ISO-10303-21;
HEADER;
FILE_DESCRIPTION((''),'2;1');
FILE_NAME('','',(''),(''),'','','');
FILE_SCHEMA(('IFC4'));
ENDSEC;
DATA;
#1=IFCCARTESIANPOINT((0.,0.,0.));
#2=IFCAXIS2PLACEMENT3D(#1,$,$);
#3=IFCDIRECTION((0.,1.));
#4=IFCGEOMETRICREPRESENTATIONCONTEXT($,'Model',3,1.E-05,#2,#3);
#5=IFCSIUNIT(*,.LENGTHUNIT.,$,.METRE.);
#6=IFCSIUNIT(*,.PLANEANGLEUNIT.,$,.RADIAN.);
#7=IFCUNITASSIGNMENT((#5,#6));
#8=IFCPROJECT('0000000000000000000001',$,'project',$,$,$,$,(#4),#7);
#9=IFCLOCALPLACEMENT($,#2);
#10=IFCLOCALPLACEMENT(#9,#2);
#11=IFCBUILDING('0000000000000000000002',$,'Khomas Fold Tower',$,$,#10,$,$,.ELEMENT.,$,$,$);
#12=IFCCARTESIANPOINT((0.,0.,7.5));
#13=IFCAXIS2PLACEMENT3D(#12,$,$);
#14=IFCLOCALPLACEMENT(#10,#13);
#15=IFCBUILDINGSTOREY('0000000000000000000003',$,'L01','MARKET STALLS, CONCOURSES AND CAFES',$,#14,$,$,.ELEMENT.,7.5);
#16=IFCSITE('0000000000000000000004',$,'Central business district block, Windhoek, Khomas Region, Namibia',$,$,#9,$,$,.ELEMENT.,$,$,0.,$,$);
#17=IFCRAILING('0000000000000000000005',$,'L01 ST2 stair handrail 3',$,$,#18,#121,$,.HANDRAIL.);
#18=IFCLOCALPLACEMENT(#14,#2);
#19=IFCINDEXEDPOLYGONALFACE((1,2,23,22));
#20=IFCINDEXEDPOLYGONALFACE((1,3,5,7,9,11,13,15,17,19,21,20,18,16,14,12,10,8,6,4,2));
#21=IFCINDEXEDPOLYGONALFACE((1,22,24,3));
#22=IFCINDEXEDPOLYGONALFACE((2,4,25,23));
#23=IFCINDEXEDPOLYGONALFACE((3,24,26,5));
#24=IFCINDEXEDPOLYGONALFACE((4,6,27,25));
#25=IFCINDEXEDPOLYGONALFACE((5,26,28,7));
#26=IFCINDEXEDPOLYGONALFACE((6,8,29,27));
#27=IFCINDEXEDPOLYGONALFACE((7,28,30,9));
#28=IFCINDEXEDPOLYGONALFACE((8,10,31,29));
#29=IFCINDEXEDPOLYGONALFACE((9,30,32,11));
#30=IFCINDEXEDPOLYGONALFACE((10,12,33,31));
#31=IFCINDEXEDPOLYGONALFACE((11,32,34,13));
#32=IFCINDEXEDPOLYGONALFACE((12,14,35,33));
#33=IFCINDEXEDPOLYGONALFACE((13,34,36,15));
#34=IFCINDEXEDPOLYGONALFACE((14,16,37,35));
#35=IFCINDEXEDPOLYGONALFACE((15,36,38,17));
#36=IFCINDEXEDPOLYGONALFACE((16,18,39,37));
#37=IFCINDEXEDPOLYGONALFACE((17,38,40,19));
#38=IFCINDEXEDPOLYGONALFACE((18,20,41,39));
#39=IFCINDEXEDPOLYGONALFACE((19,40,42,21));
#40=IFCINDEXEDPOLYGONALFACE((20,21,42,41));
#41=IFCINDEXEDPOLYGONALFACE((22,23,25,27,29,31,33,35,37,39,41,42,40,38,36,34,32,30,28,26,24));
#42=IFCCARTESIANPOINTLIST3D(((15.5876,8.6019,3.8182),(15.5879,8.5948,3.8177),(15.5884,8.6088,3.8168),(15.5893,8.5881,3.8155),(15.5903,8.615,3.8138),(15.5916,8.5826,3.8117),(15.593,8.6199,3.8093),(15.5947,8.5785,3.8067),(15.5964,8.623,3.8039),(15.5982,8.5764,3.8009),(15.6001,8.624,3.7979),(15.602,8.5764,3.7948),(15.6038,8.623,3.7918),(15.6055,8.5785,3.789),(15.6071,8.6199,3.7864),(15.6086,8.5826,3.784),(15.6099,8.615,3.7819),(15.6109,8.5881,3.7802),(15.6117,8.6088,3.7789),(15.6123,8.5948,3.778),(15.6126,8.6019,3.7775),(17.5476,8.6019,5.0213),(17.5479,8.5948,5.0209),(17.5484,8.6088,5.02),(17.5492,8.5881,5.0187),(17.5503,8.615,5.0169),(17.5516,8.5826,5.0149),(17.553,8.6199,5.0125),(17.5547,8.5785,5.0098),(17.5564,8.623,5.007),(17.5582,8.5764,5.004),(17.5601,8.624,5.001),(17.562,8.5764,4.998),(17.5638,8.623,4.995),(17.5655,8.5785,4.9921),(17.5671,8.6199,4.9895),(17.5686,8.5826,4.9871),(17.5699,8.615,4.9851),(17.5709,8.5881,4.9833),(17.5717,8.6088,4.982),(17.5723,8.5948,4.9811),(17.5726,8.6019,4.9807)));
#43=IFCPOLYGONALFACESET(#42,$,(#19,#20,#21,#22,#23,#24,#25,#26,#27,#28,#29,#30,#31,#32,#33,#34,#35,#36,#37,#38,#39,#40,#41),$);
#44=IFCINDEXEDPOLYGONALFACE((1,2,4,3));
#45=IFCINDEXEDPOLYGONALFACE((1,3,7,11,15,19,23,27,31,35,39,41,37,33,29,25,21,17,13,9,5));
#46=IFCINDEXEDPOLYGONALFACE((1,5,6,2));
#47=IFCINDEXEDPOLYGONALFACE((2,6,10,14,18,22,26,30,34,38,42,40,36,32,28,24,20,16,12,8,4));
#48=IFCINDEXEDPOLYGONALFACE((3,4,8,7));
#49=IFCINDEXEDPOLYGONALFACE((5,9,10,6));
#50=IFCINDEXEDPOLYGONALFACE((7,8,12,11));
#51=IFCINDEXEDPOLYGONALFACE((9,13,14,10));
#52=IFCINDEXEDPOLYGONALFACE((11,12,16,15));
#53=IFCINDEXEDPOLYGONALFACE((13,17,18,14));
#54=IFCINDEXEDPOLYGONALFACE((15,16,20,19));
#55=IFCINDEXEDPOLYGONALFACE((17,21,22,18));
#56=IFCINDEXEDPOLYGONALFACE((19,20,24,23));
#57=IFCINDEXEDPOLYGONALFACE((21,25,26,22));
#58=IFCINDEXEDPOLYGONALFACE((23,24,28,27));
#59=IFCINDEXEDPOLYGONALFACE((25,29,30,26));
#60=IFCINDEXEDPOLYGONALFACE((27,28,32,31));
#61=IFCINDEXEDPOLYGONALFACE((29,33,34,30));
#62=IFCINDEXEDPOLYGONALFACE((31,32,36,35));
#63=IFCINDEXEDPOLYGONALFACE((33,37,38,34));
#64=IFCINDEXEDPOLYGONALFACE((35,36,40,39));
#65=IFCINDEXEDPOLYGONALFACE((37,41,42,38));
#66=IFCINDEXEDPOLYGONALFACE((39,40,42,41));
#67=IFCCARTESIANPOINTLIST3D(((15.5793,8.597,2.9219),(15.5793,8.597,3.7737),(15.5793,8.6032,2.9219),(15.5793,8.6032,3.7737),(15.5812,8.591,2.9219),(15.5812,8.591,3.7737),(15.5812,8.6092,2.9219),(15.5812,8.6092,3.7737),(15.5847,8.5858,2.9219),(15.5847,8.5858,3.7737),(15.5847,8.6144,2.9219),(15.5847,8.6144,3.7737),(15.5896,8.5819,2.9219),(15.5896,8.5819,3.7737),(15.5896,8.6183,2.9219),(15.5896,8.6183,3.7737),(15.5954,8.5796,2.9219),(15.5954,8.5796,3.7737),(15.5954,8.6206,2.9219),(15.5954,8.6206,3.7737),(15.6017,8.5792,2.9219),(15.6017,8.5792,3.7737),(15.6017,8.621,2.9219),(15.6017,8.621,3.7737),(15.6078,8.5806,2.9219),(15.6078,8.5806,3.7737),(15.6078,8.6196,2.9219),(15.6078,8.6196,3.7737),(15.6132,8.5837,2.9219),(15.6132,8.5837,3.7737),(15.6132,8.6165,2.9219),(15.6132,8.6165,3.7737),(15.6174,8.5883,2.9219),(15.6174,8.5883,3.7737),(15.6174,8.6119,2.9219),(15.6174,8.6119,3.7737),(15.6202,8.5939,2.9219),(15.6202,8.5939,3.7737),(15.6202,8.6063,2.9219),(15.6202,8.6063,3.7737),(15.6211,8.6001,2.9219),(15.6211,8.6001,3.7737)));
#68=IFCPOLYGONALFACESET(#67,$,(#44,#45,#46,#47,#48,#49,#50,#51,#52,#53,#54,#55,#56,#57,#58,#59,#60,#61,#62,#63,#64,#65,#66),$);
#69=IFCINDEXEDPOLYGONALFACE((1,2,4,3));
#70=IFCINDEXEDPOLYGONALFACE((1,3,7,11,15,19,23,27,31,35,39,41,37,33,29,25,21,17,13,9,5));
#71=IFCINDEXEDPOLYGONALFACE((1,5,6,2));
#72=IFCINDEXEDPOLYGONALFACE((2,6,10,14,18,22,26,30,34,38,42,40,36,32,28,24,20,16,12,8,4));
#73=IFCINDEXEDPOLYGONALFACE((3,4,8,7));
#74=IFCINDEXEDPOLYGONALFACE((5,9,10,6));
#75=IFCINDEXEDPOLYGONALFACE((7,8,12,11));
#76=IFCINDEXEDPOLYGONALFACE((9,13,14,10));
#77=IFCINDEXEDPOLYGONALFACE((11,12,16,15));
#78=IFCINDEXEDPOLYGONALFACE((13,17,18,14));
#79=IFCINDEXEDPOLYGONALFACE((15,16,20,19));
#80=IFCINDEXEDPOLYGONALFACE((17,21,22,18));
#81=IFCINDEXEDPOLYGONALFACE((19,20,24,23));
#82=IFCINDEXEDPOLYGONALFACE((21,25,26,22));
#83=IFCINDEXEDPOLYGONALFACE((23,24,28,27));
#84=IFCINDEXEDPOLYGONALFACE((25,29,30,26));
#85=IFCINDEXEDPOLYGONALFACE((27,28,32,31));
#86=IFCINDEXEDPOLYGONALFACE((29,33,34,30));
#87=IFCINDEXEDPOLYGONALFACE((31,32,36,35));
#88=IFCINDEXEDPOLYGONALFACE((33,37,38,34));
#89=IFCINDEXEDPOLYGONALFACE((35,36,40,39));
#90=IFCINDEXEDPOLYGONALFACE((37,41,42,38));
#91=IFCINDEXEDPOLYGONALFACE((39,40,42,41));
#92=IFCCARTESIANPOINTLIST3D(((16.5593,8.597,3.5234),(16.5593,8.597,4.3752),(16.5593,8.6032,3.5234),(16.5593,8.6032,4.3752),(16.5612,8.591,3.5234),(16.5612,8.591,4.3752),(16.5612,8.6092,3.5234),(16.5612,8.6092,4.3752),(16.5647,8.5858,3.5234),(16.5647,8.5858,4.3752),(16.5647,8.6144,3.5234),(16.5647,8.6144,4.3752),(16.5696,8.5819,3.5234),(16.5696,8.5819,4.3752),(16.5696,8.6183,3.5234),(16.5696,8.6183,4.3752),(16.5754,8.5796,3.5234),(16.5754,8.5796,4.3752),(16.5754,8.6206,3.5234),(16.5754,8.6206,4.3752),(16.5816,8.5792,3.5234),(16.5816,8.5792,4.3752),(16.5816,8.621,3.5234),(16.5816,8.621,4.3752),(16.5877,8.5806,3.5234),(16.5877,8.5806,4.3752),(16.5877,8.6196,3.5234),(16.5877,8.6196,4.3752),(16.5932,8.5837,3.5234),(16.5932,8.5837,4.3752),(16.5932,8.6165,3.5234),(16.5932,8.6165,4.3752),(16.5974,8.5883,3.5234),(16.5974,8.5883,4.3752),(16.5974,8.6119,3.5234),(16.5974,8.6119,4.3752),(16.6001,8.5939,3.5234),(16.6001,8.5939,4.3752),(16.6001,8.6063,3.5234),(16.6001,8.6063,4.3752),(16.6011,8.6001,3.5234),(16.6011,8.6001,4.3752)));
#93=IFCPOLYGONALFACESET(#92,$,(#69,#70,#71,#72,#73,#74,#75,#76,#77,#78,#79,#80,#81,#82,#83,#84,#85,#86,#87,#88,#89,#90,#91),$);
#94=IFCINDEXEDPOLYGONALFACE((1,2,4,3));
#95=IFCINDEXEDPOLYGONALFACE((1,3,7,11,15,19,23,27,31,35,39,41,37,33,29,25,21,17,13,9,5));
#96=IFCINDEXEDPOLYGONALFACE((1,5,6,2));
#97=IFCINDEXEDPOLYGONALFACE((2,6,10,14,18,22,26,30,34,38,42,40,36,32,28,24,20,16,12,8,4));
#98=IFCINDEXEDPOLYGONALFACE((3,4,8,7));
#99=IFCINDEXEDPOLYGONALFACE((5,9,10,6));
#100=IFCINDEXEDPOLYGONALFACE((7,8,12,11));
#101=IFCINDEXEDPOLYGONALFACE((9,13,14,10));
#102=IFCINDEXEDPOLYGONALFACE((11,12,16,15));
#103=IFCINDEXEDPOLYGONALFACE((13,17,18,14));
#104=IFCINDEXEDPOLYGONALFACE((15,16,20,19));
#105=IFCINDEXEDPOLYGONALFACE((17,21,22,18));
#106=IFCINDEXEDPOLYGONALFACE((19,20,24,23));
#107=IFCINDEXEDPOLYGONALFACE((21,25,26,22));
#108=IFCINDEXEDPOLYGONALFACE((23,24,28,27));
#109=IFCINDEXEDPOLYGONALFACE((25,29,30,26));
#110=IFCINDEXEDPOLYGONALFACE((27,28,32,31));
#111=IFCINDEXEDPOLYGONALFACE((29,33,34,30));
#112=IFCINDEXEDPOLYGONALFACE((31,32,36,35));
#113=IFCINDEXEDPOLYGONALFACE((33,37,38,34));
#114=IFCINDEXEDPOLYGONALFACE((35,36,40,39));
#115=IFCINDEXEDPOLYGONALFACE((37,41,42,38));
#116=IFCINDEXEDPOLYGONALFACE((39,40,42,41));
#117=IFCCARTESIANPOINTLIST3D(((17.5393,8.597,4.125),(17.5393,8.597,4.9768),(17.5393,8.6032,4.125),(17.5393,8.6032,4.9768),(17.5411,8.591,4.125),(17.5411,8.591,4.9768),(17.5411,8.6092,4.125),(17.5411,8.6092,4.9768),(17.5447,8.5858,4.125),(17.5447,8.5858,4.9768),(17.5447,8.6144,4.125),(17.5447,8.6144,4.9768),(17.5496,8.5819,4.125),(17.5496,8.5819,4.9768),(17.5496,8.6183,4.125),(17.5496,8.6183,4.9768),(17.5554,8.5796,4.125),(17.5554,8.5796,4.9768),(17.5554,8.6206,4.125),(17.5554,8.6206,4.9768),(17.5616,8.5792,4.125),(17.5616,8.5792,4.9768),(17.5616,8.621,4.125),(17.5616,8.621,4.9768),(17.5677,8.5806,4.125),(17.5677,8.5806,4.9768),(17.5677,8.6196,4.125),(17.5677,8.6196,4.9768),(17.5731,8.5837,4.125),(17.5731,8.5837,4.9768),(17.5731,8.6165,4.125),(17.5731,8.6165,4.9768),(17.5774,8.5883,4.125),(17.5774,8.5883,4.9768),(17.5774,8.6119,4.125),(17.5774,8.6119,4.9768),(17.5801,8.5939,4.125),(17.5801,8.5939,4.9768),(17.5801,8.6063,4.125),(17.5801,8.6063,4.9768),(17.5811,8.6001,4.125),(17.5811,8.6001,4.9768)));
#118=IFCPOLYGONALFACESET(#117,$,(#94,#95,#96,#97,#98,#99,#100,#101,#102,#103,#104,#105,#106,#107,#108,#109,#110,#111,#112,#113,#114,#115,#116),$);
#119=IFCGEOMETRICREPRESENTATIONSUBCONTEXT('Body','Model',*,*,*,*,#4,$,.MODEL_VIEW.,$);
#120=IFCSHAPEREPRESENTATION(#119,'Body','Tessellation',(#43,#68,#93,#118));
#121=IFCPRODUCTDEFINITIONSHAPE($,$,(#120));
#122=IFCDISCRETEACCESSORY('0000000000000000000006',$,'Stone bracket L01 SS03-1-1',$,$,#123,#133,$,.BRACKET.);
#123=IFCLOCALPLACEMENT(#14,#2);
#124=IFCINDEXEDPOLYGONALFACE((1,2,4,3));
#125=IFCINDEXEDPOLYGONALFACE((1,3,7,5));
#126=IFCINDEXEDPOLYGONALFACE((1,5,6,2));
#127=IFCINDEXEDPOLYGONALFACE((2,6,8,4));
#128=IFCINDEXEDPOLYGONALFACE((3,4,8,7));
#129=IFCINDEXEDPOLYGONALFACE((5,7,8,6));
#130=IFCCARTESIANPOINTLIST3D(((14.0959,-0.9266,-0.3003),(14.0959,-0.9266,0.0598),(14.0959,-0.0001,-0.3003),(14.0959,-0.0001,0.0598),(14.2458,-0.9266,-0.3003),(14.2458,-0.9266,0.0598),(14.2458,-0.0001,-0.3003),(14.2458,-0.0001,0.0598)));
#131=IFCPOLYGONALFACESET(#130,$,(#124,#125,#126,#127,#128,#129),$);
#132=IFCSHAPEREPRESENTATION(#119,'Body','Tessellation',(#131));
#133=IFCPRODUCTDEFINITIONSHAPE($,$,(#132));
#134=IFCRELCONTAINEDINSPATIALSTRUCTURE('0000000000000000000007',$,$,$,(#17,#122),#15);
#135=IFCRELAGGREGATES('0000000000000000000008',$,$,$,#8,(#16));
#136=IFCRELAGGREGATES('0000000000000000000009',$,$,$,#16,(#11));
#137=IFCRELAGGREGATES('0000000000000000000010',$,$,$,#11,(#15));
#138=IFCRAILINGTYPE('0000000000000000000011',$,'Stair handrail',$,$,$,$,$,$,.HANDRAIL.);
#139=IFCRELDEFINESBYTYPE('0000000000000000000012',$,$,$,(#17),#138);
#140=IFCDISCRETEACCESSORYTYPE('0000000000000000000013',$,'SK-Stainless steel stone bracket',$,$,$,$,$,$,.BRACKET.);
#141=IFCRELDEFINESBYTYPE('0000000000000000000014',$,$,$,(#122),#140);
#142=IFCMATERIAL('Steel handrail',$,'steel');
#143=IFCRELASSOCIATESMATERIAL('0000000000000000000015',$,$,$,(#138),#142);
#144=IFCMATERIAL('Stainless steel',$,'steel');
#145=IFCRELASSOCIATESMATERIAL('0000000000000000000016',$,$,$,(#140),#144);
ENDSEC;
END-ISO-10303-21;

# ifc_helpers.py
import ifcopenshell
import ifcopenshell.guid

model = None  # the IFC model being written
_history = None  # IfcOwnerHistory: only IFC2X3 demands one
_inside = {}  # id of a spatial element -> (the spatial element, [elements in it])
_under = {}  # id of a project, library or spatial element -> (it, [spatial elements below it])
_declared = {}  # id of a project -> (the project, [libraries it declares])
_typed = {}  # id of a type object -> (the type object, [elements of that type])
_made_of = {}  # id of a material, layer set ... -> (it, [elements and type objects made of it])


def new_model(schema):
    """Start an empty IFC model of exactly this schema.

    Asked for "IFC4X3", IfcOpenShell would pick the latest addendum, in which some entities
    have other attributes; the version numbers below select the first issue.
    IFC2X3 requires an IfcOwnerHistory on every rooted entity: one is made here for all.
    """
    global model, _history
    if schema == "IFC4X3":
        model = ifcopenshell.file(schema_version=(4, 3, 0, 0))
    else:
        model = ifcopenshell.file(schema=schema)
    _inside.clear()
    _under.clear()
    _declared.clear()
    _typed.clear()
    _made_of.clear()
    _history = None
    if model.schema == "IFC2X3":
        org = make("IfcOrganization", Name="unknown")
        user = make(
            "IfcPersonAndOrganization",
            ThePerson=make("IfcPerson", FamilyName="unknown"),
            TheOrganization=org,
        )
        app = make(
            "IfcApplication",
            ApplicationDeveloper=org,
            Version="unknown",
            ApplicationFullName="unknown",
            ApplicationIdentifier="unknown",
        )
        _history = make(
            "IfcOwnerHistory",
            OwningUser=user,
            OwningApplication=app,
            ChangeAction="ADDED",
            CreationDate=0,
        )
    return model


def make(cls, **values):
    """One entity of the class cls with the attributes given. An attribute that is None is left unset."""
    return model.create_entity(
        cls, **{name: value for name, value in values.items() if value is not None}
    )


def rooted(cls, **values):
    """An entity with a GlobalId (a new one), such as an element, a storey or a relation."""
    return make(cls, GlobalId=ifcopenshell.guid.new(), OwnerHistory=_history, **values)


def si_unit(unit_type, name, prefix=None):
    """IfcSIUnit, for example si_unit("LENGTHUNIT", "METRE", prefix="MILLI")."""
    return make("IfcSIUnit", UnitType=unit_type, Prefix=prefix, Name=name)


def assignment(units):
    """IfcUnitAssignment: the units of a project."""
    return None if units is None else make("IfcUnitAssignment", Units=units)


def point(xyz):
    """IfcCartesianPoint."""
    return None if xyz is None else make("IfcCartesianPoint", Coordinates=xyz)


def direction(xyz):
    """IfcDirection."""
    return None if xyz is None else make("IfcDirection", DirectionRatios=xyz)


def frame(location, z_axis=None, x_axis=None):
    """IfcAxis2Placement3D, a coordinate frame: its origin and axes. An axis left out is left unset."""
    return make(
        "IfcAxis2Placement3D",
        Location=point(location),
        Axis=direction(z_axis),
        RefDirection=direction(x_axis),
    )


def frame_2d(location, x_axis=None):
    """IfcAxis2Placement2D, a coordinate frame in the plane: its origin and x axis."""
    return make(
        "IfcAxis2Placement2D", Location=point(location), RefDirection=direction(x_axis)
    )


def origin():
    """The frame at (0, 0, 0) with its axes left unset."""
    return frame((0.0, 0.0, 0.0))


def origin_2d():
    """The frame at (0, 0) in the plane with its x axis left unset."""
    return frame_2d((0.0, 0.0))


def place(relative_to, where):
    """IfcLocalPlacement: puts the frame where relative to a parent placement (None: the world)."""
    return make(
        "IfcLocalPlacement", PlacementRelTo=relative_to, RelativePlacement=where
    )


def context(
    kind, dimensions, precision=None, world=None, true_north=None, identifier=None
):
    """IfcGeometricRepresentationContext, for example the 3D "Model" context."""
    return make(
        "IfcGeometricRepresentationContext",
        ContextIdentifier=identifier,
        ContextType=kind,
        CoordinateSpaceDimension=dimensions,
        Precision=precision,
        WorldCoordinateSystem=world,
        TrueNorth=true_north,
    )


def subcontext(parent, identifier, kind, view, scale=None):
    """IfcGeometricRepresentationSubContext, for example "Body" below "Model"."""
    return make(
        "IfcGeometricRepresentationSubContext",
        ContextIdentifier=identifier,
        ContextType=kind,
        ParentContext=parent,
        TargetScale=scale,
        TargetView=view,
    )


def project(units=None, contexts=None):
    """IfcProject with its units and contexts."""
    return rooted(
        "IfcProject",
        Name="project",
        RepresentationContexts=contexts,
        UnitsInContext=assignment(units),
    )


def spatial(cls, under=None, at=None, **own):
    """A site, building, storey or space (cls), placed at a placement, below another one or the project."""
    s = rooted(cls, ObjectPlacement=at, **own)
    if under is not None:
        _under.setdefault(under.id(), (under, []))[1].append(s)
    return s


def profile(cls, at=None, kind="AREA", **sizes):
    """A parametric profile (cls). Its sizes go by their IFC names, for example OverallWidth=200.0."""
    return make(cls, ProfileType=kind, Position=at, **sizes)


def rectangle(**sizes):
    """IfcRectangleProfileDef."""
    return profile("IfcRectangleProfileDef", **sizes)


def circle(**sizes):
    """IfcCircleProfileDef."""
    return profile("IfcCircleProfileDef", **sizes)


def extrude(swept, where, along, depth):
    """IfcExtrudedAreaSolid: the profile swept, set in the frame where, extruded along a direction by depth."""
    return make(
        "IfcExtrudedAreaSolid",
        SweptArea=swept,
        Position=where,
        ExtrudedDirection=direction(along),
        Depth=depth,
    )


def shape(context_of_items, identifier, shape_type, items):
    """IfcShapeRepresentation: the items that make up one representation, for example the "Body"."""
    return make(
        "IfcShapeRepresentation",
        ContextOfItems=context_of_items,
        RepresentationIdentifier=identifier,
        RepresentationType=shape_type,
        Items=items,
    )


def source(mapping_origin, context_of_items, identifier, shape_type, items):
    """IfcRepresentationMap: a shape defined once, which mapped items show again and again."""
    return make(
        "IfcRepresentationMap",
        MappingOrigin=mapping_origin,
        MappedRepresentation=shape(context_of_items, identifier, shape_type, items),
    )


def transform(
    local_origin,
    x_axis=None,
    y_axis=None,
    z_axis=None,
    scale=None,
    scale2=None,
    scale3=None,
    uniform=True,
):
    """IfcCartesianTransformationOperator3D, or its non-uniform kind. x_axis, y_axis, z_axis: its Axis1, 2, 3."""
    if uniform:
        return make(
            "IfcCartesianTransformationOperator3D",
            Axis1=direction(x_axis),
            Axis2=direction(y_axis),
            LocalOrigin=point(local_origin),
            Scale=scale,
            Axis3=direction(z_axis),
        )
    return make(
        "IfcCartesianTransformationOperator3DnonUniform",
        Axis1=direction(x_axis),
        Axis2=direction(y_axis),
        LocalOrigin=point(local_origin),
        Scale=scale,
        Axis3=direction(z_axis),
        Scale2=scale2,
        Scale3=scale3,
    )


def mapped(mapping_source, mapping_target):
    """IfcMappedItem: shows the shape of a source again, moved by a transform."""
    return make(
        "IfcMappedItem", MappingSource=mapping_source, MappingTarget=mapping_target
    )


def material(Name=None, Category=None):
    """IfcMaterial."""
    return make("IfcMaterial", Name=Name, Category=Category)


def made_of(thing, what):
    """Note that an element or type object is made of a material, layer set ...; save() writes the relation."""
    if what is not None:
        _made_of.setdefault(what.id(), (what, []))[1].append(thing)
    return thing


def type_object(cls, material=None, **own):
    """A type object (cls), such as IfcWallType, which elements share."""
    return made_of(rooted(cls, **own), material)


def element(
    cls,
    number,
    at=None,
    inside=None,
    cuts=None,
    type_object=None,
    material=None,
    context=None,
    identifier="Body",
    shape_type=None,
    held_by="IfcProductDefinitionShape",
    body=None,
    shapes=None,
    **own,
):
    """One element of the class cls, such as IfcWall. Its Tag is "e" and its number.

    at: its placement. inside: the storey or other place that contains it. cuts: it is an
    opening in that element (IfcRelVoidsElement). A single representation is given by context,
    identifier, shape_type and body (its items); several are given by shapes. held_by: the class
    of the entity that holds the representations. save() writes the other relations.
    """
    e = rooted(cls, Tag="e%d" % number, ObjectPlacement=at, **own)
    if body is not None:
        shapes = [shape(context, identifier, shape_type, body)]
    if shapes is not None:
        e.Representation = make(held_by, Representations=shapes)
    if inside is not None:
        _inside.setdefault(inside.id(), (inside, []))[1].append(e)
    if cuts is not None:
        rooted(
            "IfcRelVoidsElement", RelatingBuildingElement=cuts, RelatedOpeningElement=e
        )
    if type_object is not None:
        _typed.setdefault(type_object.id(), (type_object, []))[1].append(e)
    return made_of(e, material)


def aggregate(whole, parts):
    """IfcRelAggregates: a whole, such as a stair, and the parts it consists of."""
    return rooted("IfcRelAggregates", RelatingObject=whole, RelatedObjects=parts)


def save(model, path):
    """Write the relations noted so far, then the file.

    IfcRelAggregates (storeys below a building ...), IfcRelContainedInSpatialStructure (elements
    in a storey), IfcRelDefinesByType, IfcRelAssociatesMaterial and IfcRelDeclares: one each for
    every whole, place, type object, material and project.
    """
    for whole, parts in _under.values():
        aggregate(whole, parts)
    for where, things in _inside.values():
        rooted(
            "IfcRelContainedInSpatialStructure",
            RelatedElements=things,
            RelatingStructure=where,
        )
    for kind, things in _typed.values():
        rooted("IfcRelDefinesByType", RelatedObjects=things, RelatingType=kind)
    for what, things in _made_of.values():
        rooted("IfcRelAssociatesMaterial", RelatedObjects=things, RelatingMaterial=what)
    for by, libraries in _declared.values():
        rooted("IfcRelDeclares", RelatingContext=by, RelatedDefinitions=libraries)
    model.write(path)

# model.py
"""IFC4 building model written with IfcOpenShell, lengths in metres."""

from ifc_helpers import new_model, si_unit, direction, frame, origin, origin_2d, place, context, subcontext, project, spatial, rectangle, circle, extrude, source, transform, mapped, material, type_object, element, save


model = new_model("IFC4")

# Units and contexts
model_context = context("Model", 3, precision=1e-05, world=origin(), true_north=direction((0.0, 1.0)))
body_context = subcontext(model_context, "Body", "Model", "MODEL_VIEW")
ifc_project = project(units=[si_unit("LENGTHUNIT", "METRE"), si_unit("PLANEANGLEUNIT", "RADIAN")], contexts=[model_context])

# Site, building, storey
site_placement = place(None, origin())
site = spatial("IfcSite", under=ifc_project, at=site_placement, Name="Central business district block, Windhoek, Khomas Region, Namibia", CompositionType="ELEMENT", RefElevation=0.0)
building_placement = place(site_placement, origin())
building = spatial("IfcBuilding", under=site, at=building_placement, Name="Khomas Fold Tower", CompositionType="ELEMENT")
storey_placement = place(building_placement, frame((0.0, 0.0, 7.5)))
storey = spatial("IfcBuildingStorey", under=building, at=storey_placement, Name="L01", Description="MARKET STALLS, CONCOURSES AND CAFES", CompositionType="ELEMENT", Elevation=7.5)

# Railing
ifc_material_1 = material(Name="Steel handrail", Category="steel")
railing_type_1 = type_object("IfcRailingType", Name="Stair handrail", PredefinedType="HANDRAIL", material=ifc_material_1)
shared_shape_1 = source(origin(), body_context, "Body", "SweptSolid", [
    extrude(circle(Radius=0.0239, at=origin_2d()), frame((0.0, 0.0, 0.876), z_axis=(0.852241, 0.0, 0.523149), x_axis=(0.0, 1.0, 0.0)), (0.0, 0.0, 1.0), 2.2998),
    extrude(circle(Radius=0.021, at=origin_2d()), origin(), (0.0, 0.0, 1.0), 0.8518),
    extrude(circle(Radius=0.021, at=origin_2d()), frame((0.98, 0.0, 0.6016)), (0.0, 0.0, 1.0), 0.8518),
    extrude(circle(Radius=0.021, at=origin_2d()), frame((1.96, 0.0, 1.2031)), (0.0, 0.0, 1.0), 0.8518),
])
for number, where, name in (
    (1, (15.6001, 8.6001, 2.9219), "L01 ST2 stair handrail 3"),
):
    element("IfcRailing", number, at=place(storey_placement, frame(where)), inside=storey, type_object=railing_type_1, Name=name, PredefinedType="HANDRAIL", context=body_context, shape_type="MappedRepresentation", body=[
        mapped(shared_shape_1, transform((0.0, 0.0, 0.0))),
    ])

# Discrete accessory
ifc_material_2 = material(Name="Stainless steel", Category="steel")
discrete_accessory_type = type_object("IfcDiscreteAccessoryType", Name="SK-Stainless steel stone bracket", PredefinedType="BRACKET", material=ifc_material_2)
shared_shape_2 = source(origin(), body_context, "Body", "SweptSolid", [
    extrude(rectangle(XDim=0.9265, YDim=0.1499, at=origin_2d()), origin(), (0.0, 0.0, 1.0), 0.3601),
])
discrete_accessory_placement = place(storey_placement, frame((14.1709, -0.4634, -0.3003), z_axis=(0.0, 0.0, 1.0), x_axis=(0.0, -1.0, 0.0)))
element("IfcDiscreteAccessory", 2, at=discrete_accessory_placement, inside=storey, type_object=discrete_accessory_type, Name="Stone bracket L01 SS03-1-1", PredefinedType="BRACKET", context=body_context, shape_type="MappedRepresentation", body=[
    mapped(shared_shape_2, transform((0.0, 0.0, 0.0))),
])

save(model, "model.ifc")
